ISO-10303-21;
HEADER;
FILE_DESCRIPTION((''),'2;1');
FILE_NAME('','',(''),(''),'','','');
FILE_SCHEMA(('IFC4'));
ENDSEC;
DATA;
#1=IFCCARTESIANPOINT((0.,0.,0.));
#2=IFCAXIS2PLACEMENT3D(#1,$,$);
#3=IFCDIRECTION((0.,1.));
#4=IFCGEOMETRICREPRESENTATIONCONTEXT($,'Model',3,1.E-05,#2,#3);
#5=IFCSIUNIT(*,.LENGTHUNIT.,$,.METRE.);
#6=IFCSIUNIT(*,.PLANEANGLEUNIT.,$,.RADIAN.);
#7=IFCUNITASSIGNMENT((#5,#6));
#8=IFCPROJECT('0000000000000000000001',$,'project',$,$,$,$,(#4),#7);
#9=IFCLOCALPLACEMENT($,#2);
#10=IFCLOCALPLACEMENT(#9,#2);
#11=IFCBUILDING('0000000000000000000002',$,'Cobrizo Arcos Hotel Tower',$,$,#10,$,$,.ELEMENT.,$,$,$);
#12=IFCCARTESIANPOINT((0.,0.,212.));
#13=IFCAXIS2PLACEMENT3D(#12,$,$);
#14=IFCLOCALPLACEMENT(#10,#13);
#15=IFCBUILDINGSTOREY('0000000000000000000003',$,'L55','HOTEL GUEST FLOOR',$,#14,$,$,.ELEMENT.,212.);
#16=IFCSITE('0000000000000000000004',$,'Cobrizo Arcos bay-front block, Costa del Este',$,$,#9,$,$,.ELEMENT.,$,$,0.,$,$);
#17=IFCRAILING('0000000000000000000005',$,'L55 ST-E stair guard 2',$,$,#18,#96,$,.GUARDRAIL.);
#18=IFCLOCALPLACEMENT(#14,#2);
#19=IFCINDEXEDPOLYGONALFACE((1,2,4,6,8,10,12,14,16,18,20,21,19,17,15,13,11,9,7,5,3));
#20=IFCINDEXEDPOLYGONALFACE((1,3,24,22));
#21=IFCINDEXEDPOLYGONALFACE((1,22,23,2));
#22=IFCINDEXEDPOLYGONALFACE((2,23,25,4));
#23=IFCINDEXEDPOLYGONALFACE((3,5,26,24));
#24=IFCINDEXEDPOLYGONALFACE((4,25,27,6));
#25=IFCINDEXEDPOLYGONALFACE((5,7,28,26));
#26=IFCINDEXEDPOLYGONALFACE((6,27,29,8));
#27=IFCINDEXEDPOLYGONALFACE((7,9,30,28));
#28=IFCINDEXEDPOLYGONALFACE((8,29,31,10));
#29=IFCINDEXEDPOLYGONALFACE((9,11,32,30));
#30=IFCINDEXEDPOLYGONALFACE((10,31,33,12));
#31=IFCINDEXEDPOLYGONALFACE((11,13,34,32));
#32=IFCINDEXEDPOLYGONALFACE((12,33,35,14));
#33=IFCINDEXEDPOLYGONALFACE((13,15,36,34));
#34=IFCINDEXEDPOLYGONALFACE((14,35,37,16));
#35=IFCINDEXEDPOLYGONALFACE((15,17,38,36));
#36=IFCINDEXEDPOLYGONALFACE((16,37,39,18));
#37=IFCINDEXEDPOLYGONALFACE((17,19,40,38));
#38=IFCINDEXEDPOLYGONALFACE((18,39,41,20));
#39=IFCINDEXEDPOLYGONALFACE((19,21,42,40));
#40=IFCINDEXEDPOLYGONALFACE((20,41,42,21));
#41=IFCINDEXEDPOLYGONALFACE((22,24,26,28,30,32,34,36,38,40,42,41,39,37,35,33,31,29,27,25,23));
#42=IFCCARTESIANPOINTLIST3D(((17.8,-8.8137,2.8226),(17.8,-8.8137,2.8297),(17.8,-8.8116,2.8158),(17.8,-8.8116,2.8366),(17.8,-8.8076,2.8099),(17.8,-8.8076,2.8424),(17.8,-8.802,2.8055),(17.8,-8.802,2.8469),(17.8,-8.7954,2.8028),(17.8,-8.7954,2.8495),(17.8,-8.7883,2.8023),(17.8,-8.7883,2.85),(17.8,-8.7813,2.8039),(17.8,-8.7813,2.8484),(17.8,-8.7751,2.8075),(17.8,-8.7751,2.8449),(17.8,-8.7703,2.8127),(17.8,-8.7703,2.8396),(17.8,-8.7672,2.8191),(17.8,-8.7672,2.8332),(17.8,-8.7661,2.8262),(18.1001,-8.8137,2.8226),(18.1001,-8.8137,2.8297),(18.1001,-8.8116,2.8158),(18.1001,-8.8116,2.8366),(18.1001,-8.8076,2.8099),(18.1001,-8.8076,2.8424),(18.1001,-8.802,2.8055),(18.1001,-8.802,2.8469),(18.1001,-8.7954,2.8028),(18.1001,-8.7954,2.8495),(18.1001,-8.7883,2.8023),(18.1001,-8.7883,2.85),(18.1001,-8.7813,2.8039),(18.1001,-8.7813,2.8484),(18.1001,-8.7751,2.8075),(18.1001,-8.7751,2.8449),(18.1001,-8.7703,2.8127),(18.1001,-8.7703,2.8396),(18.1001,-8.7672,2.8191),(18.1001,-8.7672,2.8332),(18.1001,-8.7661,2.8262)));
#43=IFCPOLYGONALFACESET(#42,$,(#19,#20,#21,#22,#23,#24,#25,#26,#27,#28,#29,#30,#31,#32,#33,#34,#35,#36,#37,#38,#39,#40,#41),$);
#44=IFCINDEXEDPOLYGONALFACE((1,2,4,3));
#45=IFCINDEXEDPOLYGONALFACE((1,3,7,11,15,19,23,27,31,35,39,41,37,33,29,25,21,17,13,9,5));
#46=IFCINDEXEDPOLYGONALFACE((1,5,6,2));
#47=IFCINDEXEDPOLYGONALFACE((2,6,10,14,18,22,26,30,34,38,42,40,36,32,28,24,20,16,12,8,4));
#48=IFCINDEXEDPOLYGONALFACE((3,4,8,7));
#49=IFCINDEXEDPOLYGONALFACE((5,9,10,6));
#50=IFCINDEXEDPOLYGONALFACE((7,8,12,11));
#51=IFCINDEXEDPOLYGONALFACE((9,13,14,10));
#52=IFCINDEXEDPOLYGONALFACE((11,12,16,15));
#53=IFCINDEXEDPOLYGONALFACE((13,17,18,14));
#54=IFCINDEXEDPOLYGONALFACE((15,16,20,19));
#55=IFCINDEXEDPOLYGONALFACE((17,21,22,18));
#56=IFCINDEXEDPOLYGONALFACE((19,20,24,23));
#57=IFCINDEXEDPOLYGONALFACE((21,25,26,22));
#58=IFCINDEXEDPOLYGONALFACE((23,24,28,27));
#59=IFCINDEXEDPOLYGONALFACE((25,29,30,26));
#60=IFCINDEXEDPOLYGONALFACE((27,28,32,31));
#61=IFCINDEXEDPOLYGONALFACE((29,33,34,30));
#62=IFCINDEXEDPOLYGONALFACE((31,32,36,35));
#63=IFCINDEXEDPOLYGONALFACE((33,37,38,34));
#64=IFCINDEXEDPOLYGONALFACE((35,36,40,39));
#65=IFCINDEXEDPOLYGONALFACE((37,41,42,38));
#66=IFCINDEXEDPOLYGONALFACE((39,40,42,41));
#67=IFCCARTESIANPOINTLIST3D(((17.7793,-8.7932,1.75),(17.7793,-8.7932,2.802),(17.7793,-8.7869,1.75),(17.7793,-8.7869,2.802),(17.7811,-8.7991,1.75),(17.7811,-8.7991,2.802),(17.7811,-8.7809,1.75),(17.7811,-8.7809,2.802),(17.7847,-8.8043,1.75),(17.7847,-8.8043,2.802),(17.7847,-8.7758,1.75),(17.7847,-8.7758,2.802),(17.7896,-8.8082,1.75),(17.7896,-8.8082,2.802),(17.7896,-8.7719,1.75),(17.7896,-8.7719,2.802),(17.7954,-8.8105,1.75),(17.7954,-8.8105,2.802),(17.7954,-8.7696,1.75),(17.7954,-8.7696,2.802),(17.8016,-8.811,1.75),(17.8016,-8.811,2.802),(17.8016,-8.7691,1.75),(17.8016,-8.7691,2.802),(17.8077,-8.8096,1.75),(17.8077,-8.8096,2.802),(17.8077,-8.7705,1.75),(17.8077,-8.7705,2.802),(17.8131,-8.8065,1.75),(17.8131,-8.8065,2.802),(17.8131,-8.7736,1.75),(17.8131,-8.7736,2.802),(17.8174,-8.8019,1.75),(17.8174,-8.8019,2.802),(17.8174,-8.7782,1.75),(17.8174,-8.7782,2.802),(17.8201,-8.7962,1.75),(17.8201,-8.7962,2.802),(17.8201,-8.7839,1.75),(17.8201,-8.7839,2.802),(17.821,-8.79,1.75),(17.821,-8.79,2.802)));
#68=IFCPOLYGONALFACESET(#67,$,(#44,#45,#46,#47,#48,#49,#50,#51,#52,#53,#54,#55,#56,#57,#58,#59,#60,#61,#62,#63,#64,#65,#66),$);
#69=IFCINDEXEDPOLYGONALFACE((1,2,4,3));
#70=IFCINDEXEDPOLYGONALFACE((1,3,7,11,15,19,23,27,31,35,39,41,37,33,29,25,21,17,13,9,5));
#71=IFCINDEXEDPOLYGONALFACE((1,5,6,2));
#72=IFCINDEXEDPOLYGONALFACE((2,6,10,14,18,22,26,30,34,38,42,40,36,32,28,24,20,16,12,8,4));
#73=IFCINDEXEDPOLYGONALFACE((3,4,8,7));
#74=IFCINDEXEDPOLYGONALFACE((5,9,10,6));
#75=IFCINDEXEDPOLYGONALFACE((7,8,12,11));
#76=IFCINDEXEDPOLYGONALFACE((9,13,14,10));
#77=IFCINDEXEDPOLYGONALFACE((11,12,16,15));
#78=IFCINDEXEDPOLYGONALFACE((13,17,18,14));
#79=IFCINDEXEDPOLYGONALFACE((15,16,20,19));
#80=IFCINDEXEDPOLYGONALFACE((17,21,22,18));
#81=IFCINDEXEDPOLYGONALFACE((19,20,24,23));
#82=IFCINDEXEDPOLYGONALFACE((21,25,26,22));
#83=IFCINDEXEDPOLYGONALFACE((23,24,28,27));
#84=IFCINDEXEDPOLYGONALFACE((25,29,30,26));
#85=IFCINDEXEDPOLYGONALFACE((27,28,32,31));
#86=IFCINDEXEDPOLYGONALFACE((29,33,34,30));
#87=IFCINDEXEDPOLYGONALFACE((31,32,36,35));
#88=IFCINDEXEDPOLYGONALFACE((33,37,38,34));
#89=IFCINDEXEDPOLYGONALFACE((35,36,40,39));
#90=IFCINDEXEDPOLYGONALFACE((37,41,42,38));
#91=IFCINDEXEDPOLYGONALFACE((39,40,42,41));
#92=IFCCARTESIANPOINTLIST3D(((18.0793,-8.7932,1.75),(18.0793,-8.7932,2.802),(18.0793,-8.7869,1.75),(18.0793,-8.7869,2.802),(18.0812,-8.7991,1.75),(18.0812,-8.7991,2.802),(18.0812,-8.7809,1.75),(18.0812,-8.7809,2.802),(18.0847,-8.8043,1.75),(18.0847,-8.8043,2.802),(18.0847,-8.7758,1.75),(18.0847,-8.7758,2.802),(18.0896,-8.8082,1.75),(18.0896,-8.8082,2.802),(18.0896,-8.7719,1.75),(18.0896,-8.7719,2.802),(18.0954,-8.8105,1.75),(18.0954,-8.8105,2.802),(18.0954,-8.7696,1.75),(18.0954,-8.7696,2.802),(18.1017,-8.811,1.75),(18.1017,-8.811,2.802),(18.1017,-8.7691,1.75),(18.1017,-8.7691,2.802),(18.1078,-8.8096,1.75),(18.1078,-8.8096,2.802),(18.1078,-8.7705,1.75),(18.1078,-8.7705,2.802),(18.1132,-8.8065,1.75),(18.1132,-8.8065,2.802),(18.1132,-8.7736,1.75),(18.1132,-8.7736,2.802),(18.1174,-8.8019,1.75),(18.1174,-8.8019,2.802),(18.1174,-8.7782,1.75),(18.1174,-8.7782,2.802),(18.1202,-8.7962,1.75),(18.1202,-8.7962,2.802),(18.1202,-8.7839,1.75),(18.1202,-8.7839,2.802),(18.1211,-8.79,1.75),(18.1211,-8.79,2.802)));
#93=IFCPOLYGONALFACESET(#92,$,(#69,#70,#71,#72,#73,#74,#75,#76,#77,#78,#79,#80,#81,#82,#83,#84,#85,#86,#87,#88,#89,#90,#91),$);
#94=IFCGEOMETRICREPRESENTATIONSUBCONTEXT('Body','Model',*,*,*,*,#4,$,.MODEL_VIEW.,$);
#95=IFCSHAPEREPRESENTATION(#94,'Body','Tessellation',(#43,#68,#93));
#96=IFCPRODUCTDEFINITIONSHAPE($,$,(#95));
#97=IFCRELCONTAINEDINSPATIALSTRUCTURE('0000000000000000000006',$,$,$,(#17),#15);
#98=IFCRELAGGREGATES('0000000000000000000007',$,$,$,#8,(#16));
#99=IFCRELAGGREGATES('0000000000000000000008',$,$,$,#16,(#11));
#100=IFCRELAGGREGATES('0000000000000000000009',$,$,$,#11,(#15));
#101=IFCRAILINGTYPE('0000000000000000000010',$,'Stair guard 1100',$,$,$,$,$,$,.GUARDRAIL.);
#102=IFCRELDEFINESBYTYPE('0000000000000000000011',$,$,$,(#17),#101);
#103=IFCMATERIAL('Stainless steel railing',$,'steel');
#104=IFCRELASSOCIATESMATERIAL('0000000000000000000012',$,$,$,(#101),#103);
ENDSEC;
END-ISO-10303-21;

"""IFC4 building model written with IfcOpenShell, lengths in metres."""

from ifc_helpers import new_model, si_unit, direction, frame, origin, origin_2d, place, context, subcontext, project, spatial, circle, extrude, material, type_object, element, save


model = new_model("IFC4")

# Units and contexts
model_context = context("Model", 3, precision=1e-05, world=origin(), true_north=direction((0.0, 1.0)))
body_context = subcontext(model_context, "Body", "Model", "MODEL_VIEW")
ifc_project = project(units=[si_unit("LENGTHUNIT", "METRE"), si_unit("PLANEANGLEUNIT", "RADIAN")], contexts=[model_context])

# Site, building, storey
site_placement = place(None, origin())
site = spatial("IfcSite", under=ifc_project, at=site_placement, Name="Cobrizo Arcos bay-front block, Costa del Este", CompositionType="ELEMENT", RefElevation=0.0)
building_placement = place(site_placement, origin())
building = spatial("IfcBuilding", under=site, at=building_placement, Name="Cobrizo Arcos Hotel Tower", CompositionType="ELEMENT")
storey_placement = place(building_placement, frame((0.0, 0.0, 212.0)))
storey = spatial("IfcBuildingStorey", under=building, at=storey_placement, Name="L55", Description="HOTEL GUEST FLOOR", CompositionType="ELEMENT", Elevation=212.0)

# Railing
ifc_material_1 = material(Name="Stainless steel railing", Category="steel")
railing_type_1 = type_object("IfcRailingType", Name="Stair guard 1100", PredefinedType="GUARDRAIL", material=ifc_material_1)
railing_1_placement = place(storey_placement, frame((17.8, -8.79, 1.75)))
element("IfcRailing", 1, at=railing_1_placement, inside=storey, type_object=railing_type_1, Name="L55 ST-E stair guard 2", PredefinedType="GUARDRAIL", context=body_context, shape_type="SweptSolid", body=[
    extrude(circle(Radius=0.0239, at=origin_2d()), frame((0.0, 0.0, 1.0762), z_axis=(1.0, 0.0, 0.0), x_axis=(0.0, 1.0, 0.0)), (0.0, 0.0, 1.0), 0.3),
    extrude(circle(Radius=0.021, at=origin_2d()), origin(), (0.0, 0.0, 1.0), 1.052),
    extrude(circle(Radius=0.021, at=origin_2d()), frame((0.3, 0.0, 0.0)), (0.0, 0.0, 1.0), 1.052),
])

save(model, "model.ifc")
